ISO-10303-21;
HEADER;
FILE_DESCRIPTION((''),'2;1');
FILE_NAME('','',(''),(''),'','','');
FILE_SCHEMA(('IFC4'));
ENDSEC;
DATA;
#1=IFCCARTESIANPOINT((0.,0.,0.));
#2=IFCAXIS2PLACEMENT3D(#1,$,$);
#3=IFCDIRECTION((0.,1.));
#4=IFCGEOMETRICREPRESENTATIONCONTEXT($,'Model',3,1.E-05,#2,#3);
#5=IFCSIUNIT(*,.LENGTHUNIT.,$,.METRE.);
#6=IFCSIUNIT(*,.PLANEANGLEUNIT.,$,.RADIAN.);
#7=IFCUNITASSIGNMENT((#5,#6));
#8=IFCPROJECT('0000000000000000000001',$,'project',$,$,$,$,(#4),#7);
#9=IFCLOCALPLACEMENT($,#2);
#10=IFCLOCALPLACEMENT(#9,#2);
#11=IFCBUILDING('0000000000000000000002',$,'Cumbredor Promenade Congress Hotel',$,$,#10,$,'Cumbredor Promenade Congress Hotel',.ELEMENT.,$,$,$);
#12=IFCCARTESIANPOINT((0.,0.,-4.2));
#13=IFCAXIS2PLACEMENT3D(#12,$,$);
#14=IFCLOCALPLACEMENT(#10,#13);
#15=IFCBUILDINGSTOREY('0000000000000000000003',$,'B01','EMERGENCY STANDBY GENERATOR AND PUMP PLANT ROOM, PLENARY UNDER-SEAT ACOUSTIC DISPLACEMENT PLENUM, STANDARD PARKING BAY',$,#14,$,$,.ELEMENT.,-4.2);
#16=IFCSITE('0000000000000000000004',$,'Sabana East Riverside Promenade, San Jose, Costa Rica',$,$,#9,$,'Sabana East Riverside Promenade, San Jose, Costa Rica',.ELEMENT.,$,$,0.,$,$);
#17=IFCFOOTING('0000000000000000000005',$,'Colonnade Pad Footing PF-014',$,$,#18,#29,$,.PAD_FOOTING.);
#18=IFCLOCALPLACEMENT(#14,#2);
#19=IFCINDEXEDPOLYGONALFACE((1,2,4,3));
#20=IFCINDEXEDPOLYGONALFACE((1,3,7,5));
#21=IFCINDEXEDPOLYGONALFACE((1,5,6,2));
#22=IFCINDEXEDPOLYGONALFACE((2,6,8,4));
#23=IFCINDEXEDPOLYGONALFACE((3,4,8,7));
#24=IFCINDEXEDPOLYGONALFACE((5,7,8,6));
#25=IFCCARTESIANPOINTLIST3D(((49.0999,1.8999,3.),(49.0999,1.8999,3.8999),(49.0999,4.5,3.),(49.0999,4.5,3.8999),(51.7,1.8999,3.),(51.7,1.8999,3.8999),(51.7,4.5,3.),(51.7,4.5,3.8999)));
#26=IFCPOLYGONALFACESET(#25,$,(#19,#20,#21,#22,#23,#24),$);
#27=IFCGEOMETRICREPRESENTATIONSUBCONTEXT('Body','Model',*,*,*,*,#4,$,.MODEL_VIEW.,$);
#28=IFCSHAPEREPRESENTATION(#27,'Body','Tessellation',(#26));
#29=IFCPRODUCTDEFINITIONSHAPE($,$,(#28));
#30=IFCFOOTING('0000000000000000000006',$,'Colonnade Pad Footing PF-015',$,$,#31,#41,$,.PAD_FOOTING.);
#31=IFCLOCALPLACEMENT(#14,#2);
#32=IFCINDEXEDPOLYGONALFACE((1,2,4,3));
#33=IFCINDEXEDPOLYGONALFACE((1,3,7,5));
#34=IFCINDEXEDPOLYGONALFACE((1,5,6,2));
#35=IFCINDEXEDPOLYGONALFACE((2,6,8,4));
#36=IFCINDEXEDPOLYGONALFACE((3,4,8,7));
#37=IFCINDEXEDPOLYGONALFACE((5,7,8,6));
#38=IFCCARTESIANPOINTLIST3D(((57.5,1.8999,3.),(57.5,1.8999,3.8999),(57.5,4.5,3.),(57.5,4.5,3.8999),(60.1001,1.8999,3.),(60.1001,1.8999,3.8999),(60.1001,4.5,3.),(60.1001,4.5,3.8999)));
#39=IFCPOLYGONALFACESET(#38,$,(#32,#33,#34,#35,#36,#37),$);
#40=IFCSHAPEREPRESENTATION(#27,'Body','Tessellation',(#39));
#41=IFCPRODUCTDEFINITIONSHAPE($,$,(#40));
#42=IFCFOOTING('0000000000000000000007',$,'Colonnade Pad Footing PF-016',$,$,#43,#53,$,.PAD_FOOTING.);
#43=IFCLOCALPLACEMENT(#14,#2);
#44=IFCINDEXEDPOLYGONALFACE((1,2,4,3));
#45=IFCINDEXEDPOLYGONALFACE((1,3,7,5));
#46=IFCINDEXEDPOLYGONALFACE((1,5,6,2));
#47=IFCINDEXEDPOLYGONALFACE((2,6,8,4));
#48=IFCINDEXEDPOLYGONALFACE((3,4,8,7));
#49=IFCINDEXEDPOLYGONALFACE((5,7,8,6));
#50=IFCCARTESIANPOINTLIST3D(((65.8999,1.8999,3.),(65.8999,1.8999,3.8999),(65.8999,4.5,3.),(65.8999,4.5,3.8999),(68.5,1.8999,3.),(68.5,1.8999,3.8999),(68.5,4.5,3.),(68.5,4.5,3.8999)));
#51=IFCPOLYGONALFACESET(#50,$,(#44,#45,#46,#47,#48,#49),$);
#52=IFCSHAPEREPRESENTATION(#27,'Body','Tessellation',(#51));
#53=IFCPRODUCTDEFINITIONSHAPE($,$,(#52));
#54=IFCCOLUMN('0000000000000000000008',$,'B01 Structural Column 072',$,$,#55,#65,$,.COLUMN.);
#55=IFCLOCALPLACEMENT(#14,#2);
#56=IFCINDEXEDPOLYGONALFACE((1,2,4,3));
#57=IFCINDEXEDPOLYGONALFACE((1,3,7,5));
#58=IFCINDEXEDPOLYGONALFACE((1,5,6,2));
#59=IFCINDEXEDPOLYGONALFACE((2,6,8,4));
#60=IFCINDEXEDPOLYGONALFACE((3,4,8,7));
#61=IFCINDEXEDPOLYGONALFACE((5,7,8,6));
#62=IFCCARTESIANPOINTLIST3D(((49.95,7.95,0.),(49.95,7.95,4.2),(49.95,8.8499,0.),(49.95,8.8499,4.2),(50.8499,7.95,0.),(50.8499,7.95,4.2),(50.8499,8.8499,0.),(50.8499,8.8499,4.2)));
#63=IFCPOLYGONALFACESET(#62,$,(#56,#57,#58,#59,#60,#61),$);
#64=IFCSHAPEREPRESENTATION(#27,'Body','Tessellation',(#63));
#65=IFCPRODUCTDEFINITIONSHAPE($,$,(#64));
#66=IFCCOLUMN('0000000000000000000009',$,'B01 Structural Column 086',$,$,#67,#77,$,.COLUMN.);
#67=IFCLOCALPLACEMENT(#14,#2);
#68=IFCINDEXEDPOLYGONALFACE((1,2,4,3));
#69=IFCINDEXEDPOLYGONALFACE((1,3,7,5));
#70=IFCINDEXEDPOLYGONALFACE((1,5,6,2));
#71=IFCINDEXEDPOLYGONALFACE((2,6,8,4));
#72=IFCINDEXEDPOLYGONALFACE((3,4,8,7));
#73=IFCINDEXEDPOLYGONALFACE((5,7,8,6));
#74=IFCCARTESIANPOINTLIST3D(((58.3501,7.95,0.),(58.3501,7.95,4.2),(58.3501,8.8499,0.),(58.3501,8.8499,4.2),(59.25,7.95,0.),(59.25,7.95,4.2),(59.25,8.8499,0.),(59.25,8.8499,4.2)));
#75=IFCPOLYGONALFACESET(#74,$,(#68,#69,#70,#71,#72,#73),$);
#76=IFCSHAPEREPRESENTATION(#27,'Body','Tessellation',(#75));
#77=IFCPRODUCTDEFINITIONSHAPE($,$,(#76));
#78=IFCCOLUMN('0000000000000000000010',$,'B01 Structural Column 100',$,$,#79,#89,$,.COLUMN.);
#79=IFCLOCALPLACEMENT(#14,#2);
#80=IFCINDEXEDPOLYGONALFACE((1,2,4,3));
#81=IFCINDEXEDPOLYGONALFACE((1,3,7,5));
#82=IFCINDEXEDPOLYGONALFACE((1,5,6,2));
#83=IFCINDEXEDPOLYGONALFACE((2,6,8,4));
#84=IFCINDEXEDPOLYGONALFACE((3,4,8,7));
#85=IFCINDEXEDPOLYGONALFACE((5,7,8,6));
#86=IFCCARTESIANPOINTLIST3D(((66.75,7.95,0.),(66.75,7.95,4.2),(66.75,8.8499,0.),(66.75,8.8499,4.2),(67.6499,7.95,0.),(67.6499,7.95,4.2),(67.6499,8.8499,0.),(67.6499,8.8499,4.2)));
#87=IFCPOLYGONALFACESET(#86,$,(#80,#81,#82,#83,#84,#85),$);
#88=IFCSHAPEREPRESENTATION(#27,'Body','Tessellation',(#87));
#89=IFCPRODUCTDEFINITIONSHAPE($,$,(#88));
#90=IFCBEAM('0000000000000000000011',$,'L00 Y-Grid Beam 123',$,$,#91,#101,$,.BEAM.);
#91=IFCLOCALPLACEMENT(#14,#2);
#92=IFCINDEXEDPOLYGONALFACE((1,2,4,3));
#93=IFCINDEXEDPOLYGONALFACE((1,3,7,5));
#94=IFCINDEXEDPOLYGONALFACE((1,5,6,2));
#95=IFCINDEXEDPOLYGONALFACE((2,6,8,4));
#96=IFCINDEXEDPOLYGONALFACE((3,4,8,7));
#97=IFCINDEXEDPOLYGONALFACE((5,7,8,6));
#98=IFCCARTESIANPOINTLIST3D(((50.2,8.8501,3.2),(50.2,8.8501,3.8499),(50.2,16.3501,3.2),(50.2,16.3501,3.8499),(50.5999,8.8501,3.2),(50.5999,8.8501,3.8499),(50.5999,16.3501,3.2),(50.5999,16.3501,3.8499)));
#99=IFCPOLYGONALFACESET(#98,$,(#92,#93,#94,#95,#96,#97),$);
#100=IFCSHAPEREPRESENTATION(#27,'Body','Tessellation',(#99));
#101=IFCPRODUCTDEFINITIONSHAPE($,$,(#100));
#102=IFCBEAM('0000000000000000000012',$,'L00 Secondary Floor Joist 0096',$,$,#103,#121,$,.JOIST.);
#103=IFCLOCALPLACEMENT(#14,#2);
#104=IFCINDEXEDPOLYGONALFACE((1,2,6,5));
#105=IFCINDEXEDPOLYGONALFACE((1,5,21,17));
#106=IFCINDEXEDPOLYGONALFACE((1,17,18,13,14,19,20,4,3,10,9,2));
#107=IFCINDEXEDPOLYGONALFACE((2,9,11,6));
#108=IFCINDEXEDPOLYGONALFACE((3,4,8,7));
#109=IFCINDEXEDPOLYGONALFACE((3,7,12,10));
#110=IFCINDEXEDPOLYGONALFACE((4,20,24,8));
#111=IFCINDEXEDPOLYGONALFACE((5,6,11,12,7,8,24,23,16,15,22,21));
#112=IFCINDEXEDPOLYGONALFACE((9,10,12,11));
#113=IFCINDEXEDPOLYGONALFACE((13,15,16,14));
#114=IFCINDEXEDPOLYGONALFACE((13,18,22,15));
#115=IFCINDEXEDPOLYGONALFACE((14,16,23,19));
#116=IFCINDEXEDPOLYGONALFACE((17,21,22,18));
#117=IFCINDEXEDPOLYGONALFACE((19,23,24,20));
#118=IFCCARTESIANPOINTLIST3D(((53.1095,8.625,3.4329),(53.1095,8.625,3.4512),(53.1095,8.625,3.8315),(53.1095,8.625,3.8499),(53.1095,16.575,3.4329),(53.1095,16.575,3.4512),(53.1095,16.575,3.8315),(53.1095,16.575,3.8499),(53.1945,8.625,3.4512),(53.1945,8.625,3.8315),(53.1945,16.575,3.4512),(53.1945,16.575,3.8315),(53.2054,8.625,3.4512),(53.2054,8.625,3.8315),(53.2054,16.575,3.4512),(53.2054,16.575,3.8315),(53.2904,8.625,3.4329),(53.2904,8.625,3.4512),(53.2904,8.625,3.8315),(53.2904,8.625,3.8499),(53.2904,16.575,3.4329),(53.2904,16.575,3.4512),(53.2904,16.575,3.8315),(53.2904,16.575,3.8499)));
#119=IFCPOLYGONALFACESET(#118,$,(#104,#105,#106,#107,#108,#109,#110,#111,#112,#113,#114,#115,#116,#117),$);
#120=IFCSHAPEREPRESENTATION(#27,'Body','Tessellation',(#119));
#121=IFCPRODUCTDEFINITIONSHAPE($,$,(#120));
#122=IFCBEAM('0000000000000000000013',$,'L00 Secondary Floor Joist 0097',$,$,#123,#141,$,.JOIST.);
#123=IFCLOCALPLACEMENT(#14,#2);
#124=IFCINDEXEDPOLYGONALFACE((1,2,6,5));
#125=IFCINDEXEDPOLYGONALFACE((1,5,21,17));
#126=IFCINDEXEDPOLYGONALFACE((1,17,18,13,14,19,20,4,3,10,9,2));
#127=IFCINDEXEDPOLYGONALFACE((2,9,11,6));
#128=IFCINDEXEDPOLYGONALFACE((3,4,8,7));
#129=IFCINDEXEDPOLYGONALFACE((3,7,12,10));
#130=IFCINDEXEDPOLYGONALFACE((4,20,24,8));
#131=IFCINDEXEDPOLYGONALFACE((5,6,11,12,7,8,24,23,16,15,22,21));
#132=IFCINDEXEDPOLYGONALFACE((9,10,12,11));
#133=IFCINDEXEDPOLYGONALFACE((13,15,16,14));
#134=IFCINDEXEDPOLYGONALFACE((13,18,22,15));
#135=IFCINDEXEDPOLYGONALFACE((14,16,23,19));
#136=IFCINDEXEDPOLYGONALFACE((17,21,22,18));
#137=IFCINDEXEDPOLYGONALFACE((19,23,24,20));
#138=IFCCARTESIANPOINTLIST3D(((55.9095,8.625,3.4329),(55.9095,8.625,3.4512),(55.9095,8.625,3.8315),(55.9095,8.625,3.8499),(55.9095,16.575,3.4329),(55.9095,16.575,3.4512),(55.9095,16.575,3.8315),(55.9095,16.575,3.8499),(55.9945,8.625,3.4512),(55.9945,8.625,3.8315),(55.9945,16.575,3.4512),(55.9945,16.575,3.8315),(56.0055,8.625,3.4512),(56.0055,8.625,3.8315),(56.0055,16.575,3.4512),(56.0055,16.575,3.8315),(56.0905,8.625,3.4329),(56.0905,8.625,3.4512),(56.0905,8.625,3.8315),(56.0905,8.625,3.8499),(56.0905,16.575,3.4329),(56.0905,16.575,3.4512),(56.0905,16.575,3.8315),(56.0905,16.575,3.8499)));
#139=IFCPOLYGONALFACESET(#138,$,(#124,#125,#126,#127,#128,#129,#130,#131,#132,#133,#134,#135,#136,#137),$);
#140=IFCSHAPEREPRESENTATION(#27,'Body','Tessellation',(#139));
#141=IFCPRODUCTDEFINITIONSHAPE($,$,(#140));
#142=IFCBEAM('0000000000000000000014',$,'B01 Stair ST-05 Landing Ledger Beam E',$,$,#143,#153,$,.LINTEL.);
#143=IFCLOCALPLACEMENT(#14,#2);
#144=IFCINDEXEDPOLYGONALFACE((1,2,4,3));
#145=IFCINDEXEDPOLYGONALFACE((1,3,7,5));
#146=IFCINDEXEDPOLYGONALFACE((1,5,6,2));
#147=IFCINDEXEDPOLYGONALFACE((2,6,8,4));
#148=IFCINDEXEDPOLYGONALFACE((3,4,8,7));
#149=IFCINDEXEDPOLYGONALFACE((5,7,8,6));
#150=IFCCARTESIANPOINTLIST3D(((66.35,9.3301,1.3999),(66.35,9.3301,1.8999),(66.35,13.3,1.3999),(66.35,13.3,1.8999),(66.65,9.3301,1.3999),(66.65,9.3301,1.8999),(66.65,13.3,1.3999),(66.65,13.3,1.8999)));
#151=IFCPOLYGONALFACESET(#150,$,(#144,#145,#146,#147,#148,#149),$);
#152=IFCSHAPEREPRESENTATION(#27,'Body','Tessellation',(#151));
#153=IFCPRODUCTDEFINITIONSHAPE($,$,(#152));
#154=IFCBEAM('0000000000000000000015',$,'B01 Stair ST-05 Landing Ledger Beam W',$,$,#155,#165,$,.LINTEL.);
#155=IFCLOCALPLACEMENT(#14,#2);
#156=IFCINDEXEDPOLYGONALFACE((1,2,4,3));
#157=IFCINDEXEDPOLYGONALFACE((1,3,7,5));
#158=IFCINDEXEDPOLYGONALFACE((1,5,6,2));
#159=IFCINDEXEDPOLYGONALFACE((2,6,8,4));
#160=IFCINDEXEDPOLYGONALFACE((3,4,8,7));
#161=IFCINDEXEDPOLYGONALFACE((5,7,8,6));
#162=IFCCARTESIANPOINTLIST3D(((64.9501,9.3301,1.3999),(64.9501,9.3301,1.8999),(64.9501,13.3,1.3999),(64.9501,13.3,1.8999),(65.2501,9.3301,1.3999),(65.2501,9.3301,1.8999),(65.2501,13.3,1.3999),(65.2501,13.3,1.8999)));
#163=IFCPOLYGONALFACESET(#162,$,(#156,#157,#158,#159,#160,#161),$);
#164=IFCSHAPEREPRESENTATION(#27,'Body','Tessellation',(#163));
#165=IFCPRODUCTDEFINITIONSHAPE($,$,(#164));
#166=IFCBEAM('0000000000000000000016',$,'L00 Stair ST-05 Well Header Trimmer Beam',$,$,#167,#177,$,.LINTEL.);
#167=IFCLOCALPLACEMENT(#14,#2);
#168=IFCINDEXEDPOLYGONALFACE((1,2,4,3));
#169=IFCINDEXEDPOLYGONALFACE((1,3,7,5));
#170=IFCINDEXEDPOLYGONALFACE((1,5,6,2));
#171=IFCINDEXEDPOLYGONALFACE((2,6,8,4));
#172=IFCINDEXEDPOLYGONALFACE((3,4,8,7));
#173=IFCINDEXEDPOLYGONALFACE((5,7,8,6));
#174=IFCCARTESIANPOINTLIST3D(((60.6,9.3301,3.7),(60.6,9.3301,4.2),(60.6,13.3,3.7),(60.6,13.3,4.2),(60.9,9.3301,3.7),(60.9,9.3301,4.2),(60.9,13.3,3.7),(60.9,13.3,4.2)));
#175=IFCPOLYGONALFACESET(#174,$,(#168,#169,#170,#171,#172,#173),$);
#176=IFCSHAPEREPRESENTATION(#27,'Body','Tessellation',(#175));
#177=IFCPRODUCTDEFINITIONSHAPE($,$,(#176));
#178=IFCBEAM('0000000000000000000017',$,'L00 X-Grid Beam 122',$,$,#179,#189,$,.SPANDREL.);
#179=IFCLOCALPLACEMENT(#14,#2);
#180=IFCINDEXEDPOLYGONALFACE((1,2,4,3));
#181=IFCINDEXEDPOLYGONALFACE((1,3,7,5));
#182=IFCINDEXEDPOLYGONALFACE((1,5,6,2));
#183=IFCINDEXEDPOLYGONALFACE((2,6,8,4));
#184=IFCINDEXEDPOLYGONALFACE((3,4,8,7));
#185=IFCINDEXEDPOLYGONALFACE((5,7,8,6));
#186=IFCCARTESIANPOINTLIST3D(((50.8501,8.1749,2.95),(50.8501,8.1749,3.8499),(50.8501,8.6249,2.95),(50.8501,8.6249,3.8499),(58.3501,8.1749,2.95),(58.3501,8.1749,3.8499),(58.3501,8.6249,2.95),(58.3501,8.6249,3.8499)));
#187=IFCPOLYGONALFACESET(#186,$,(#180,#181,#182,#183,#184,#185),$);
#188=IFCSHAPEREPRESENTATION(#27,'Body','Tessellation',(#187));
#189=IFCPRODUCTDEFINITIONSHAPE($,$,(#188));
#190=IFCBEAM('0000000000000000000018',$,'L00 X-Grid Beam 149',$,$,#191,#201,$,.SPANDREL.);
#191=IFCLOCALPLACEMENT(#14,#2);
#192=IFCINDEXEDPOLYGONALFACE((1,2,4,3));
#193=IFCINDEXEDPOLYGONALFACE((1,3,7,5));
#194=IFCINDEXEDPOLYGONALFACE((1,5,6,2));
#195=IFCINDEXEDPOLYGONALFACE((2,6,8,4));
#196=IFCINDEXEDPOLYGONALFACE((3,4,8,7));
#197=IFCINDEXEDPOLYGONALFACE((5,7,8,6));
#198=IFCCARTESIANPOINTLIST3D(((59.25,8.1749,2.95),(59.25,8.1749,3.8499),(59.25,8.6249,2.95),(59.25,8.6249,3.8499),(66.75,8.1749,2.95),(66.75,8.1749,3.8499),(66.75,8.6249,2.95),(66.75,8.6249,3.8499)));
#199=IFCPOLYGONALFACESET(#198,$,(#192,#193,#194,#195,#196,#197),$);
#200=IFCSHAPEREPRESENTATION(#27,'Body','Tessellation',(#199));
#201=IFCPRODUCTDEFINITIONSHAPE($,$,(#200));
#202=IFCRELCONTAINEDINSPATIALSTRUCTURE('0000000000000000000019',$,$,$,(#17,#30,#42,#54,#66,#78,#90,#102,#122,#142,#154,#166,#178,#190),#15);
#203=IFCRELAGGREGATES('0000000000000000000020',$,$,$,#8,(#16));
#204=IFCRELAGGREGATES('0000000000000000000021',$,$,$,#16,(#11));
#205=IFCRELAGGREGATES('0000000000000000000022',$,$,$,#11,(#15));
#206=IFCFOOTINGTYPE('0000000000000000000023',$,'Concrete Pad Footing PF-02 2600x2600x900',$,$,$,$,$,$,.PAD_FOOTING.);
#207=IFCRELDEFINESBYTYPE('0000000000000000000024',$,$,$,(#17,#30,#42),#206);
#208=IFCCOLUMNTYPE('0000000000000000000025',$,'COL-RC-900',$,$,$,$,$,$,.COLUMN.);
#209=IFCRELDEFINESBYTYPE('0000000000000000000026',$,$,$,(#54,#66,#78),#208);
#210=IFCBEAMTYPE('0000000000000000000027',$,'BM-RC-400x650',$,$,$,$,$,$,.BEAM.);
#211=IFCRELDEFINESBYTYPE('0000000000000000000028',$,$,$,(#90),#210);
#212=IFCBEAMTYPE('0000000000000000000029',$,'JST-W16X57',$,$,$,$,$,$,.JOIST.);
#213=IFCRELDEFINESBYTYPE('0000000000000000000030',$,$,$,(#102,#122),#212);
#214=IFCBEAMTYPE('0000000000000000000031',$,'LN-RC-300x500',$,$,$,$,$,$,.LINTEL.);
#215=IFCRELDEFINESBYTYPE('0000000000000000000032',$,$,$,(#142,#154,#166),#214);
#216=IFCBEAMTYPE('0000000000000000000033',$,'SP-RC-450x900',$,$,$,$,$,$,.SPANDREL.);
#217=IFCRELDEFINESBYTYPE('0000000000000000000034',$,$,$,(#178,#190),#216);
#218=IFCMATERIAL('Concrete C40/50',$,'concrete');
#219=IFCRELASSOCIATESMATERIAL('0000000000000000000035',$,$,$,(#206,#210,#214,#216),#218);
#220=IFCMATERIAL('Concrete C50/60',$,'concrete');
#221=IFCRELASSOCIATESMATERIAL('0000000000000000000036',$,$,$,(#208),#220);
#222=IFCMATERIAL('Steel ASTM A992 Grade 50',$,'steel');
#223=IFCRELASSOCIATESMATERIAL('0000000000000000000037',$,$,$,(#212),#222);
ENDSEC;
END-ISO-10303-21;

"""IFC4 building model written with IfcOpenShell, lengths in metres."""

from ifc_helpers import new_model, si_unit, direction, frame, origin, origin_2d, place, context, subcontext, project, spatial, rectangle, i_section, extrude, material, material_profile, profile_set, type_object, element, save


model = new_model("IFC4")

# Units and contexts
model_context = context("Model", 3, precision=1e-05, world=origin(), true_north=direction((0.0, 1.0)))
body_context = subcontext(model_context, "Body", "Model", "MODEL_VIEW")
ifc_project = project(units=[si_unit("LENGTHUNIT", "METRE"), si_unit("PLANEANGLEUNIT", "RADIAN")], contexts=[model_context])

# Site, building, storey
site_placement = place(None, origin())
site = spatial("IfcSite", under=ifc_project, at=site_placement, Name="Sabana East Riverside Promenade, San Jose, Costa Rica", LongName="Sabana East Riverside Promenade, San Jose, Costa Rica", CompositionType="ELEMENT", RefElevation=0.0)
building_placement = place(site_placement, origin())
building = spatial("IfcBuilding", under=site, at=building_placement, Name="Cumbredor Promenade Congress Hotel", LongName="Cumbredor Promenade Congress Hotel", CompositionType="ELEMENT")
storey_placement = place(building_placement, frame((0.0, 0.0, -4.2)))
storey = spatial("IfcBuildingStorey", under=building, at=storey_placement, Name="B01", Description="EMERGENCY STANDBY GENERATOR AND PUMP PLANT ROOM, PLENARY UNDER-SEAT ACOUSTIC DISPLACEMENT PLENUM, STANDARD PARKING BAY", CompositionType="ELEMENT", Elevation=-4.2)

# Footings
ifc_material_1 = material(Name="Concrete C40/50", Category="concrete")
footing_type = type_object("IfcFootingType", Name="Concrete Pad Footing PF-02 2600x2600x900", PredefinedType="PAD_FOOTING", material=ifc_material_1)
for number, where, z_axis, x_axis, name in (
    (1, (50.3999, 3.2, 3.0), (0.0, 0.0, 1.0), (1.0, 0.0, 0.0), "Colonnade Pad Footing PF-014"),
    (2, (58.8, 3.2, 3.0), (0.0, 0.0, 1.0), (1.0, 0.0, 0.0), "Colonnade Pad Footing PF-015"),
    (3, (67.2, 3.2, 3.0), (0.0, 0.0, 1.0), (1.0, 0.0, 0.0), "Colonnade Pad Footing PF-016"),
):
    element("IfcFooting", number, at=place(storey_placement, frame(where, z_axis=z_axis, x_axis=x_axis)), inside=storey, type_object=footing_type, Name=name, PredefinedType="PAD_FOOTING", context=body_context, shape_type="SweptSolid", body=[
        extrude(rectangle(XDim=2.6001, YDim=2.6001, at=origin_2d()), origin(), (0.0, 0.0, 1.0), 0.8999),
    ])

# Columns
ifc_material_2 = material(Name="Concrete C50/60", Category="concrete")
ifc_material_profile_1 = material_profile(ifc_material_2, rectangle(XDim=0.8999, YDim=0.8999, at=origin_2d()), Name="RC 900x900")
ifc_profile_set_1 = profile_set([ifc_material_profile_1], Name="Concrete C50/60")
column_type = type_object("IfcColumnType", Name="COL-RC-900", PredefinedType="COLUMN", material=ifc_profile_set_1)
for number, where, z_axis, x_axis, name in (
    (4, (50.3999, 8.3999, 0.0), (0.0, 0.0, 1.0), (1.0, 0.0, 0.0), "B01 Structural Column 072"),
    (5, (58.8, 8.3999, 0.0), (0.0, 0.0, 1.0), (1.0, 0.0, 0.0), "B01 Structural Column 086"),
    (6, (67.2, 8.3999, 0.0), (0.0, 0.0, 1.0), (1.0, 0.0, 0.0), "B01 Structural Column 100"),
):
    element("IfcColumn", number, at=place(storey_placement, frame(where, z_axis=z_axis, x_axis=x_axis)), inside=storey, type_object=column_type, Name=name, PredefinedType="COLUMN", context=body_context, shape_type="SweptSolid", body=[
        extrude(rectangle(XDim=0.8999, YDim=0.8999, at=origin_2d()), origin(), (0.0, 0.0, 1.0), 4.2),
    ])

# Beams
ifc_material_profile_2 = material_profile(ifc_material_1, rectangle(XDim=0.3999, YDim=0.6499, at=origin_2d()), Name="RC BEAM 400x650")
ifc_profile_set_2 = profile_set([ifc_material_profile_2], Name="Concrete C40/50")
beam_type_1 = type_object("IfcBeamType", Name="BM-RC-400x650", PredefinedType="BEAM", material=ifc_profile_set_2)
beam_placement = place(storey_placement, frame((50.3999, 8.8501, 3.5249), z_axis=(0.0, 1.0, 0.0), x_axis=(-1.0, 0.0, 0.0)))
element("IfcBeam", 7, at=beam_placement, inside=storey, type_object=beam_type_1, Name="L00 Y-Grid Beam 123", PredefinedType="BEAM", context=body_context, shape_type="SweptSolid", body=[
    extrude(rectangle(XDim=0.3999, YDim=0.6499, at=origin_2d()), origin(), (0.0, 0.0, 1.0), 7.5),
])
ifc_material_3 = material(Name="Steel ASTM A992 Grade 50", Category="steel")
ifc_material_profile_3 = material_profile(ifc_material_3, i_section(OverallWidth=0.1809, OverallDepth=0.417, WebThickness=0.011, FlangeThickness=0.0183, at=origin_2d()), Name="W16X57")
ifc_profile_set_3 = profile_set([ifc_material_profile_3], Name="Steel ASTM A992 Grade 50")
beam_type_2 = type_object("IfcBeamType", Name="JST-W16X57", PredefinedType="JOIST", material=ifc_profile_set_3)
for number, where, z_axis, x_axis, name in (
    (8, (53.2, 8.625, 3.6414), (0.0, 1.0, 0.0), (-1.0, 0.0, 0.0), "L00 Secondary Floor Joist 0096"),
    (9, (56.0, 8.625, 3.6414), (0.0, 1.0, 0.0), (-1.0, 0.0, 0.0), "L00 Secondary Floor Joist 0097"),
):
    element("IfcBeam", number, at=place(storey_placement, frame(where, z_axis=z_axis, x_axis=x_axis)), inside=storey, type_object=beam_type_2, Name=name, PredefinedType="JOIST", context=body_context, shape_type="SweptSolid", body=[
        extrude(i_section(OverallWidth=0.1809, OverallDepth=0.417, WebThickness=0.011, FlangeThickness=0.0183, at=origin_2d()), origin(), (0.0, 0.0, 1.0), 7.95),
    ])
ifc_material_profile_4 = material_profile(ifc_material_1, rectangle(XDim=0.3, YDim=0.5, at=origin_2d()), Name="RC LINTEL 300x500")
ifc_profile_set_4 = profile_set([ifc_material_profile_4], Name="Concrete C40/50")
beam_type_3 = type_object("IfcBeamType", Name="LN-RC-300x500", PredefinedType="LINTEL", material=ifc_profile_set_4)
for number, where, z_axis, x_axis, name in (
    (10, (66.5, 9.3301, 1.6499), (0.0, 1.0, 0.0), (-1.0, 0.0, 0.0), "B01 Stair ST-05 Landing Ledger Beam E"),
    (11, (65.1001, 9.3301, 1.6499), (0.0, 1.0, 0.0), (-1.0, 0.0, 0.0), "B01 Stair ST-05 Landing Ledger Beam W"),
    (12, (60.75, 9.3301, 3.95), (0.0, 1.0, 0.0), (-1.0, 0.0, 0.0), "L00 Stair ST-05 Well Header Trimmer Beam"),
):
    element("IfcBeam", number, at=place(storey_placement, frame(where, z_axis=z_axis, x_axis=x_axis)), inside=storey, type_object=beam_type_3, Name=name, PredefinedType="LINTEL", context=body_context, shape_type="SweptSolid", body=[
        extrude(rectangle(XDim=0.3, YDim=0.5, at=origin_2d()), origin(), (0.0, 0.0, 1.0), 3.97),
    ])
ifc_material_profile_5 = material_profile(ifc_material_1, rectangle(XDim=0.45, YDim=0.8999, at=origin_2d()), Name="RC SPANDREL 450x900")
ifc_profile_set_5 = profile_set([ifc_material_profile_5], Name="Concrete C40/50")
beam_type_4 = type_object("IfcBeamType", Name="SP-RC-450x900", PredefinedType="SPANDREL", material=ifc_profile_set_5)
for number, where, z_axis, x_axis, name in (
    (13, (50.8501, 8.3999, 3.3999), (1.0, 0.0, 0.0), (0.0, 1.0, 0.0), "L00 X-Grid Beam 122"),
    (14, (59.25, 8.3999, 3.3999), (1.0, 0.0, 0.0), (0.0, 1.0, 0.0), "L00 X-Grid Beam 149"),
):
    element("IfcBeam", number, at=place(storey_placement, frame(where, z_axis=z_axis, x_axis=x_axis)), inside=storey, type_object=beam_type_4, Name=name, PredefinedType="SPANDREL", context=body_context, shape_type="SweptSolid", body=[
        extrude(rectangle(XDim=0.45, YDim=0.8999, at=origin_2d()), origin(), (0.0, 0.0, 1.0), 7.5),
    ])

save(model, "model.ifc")
